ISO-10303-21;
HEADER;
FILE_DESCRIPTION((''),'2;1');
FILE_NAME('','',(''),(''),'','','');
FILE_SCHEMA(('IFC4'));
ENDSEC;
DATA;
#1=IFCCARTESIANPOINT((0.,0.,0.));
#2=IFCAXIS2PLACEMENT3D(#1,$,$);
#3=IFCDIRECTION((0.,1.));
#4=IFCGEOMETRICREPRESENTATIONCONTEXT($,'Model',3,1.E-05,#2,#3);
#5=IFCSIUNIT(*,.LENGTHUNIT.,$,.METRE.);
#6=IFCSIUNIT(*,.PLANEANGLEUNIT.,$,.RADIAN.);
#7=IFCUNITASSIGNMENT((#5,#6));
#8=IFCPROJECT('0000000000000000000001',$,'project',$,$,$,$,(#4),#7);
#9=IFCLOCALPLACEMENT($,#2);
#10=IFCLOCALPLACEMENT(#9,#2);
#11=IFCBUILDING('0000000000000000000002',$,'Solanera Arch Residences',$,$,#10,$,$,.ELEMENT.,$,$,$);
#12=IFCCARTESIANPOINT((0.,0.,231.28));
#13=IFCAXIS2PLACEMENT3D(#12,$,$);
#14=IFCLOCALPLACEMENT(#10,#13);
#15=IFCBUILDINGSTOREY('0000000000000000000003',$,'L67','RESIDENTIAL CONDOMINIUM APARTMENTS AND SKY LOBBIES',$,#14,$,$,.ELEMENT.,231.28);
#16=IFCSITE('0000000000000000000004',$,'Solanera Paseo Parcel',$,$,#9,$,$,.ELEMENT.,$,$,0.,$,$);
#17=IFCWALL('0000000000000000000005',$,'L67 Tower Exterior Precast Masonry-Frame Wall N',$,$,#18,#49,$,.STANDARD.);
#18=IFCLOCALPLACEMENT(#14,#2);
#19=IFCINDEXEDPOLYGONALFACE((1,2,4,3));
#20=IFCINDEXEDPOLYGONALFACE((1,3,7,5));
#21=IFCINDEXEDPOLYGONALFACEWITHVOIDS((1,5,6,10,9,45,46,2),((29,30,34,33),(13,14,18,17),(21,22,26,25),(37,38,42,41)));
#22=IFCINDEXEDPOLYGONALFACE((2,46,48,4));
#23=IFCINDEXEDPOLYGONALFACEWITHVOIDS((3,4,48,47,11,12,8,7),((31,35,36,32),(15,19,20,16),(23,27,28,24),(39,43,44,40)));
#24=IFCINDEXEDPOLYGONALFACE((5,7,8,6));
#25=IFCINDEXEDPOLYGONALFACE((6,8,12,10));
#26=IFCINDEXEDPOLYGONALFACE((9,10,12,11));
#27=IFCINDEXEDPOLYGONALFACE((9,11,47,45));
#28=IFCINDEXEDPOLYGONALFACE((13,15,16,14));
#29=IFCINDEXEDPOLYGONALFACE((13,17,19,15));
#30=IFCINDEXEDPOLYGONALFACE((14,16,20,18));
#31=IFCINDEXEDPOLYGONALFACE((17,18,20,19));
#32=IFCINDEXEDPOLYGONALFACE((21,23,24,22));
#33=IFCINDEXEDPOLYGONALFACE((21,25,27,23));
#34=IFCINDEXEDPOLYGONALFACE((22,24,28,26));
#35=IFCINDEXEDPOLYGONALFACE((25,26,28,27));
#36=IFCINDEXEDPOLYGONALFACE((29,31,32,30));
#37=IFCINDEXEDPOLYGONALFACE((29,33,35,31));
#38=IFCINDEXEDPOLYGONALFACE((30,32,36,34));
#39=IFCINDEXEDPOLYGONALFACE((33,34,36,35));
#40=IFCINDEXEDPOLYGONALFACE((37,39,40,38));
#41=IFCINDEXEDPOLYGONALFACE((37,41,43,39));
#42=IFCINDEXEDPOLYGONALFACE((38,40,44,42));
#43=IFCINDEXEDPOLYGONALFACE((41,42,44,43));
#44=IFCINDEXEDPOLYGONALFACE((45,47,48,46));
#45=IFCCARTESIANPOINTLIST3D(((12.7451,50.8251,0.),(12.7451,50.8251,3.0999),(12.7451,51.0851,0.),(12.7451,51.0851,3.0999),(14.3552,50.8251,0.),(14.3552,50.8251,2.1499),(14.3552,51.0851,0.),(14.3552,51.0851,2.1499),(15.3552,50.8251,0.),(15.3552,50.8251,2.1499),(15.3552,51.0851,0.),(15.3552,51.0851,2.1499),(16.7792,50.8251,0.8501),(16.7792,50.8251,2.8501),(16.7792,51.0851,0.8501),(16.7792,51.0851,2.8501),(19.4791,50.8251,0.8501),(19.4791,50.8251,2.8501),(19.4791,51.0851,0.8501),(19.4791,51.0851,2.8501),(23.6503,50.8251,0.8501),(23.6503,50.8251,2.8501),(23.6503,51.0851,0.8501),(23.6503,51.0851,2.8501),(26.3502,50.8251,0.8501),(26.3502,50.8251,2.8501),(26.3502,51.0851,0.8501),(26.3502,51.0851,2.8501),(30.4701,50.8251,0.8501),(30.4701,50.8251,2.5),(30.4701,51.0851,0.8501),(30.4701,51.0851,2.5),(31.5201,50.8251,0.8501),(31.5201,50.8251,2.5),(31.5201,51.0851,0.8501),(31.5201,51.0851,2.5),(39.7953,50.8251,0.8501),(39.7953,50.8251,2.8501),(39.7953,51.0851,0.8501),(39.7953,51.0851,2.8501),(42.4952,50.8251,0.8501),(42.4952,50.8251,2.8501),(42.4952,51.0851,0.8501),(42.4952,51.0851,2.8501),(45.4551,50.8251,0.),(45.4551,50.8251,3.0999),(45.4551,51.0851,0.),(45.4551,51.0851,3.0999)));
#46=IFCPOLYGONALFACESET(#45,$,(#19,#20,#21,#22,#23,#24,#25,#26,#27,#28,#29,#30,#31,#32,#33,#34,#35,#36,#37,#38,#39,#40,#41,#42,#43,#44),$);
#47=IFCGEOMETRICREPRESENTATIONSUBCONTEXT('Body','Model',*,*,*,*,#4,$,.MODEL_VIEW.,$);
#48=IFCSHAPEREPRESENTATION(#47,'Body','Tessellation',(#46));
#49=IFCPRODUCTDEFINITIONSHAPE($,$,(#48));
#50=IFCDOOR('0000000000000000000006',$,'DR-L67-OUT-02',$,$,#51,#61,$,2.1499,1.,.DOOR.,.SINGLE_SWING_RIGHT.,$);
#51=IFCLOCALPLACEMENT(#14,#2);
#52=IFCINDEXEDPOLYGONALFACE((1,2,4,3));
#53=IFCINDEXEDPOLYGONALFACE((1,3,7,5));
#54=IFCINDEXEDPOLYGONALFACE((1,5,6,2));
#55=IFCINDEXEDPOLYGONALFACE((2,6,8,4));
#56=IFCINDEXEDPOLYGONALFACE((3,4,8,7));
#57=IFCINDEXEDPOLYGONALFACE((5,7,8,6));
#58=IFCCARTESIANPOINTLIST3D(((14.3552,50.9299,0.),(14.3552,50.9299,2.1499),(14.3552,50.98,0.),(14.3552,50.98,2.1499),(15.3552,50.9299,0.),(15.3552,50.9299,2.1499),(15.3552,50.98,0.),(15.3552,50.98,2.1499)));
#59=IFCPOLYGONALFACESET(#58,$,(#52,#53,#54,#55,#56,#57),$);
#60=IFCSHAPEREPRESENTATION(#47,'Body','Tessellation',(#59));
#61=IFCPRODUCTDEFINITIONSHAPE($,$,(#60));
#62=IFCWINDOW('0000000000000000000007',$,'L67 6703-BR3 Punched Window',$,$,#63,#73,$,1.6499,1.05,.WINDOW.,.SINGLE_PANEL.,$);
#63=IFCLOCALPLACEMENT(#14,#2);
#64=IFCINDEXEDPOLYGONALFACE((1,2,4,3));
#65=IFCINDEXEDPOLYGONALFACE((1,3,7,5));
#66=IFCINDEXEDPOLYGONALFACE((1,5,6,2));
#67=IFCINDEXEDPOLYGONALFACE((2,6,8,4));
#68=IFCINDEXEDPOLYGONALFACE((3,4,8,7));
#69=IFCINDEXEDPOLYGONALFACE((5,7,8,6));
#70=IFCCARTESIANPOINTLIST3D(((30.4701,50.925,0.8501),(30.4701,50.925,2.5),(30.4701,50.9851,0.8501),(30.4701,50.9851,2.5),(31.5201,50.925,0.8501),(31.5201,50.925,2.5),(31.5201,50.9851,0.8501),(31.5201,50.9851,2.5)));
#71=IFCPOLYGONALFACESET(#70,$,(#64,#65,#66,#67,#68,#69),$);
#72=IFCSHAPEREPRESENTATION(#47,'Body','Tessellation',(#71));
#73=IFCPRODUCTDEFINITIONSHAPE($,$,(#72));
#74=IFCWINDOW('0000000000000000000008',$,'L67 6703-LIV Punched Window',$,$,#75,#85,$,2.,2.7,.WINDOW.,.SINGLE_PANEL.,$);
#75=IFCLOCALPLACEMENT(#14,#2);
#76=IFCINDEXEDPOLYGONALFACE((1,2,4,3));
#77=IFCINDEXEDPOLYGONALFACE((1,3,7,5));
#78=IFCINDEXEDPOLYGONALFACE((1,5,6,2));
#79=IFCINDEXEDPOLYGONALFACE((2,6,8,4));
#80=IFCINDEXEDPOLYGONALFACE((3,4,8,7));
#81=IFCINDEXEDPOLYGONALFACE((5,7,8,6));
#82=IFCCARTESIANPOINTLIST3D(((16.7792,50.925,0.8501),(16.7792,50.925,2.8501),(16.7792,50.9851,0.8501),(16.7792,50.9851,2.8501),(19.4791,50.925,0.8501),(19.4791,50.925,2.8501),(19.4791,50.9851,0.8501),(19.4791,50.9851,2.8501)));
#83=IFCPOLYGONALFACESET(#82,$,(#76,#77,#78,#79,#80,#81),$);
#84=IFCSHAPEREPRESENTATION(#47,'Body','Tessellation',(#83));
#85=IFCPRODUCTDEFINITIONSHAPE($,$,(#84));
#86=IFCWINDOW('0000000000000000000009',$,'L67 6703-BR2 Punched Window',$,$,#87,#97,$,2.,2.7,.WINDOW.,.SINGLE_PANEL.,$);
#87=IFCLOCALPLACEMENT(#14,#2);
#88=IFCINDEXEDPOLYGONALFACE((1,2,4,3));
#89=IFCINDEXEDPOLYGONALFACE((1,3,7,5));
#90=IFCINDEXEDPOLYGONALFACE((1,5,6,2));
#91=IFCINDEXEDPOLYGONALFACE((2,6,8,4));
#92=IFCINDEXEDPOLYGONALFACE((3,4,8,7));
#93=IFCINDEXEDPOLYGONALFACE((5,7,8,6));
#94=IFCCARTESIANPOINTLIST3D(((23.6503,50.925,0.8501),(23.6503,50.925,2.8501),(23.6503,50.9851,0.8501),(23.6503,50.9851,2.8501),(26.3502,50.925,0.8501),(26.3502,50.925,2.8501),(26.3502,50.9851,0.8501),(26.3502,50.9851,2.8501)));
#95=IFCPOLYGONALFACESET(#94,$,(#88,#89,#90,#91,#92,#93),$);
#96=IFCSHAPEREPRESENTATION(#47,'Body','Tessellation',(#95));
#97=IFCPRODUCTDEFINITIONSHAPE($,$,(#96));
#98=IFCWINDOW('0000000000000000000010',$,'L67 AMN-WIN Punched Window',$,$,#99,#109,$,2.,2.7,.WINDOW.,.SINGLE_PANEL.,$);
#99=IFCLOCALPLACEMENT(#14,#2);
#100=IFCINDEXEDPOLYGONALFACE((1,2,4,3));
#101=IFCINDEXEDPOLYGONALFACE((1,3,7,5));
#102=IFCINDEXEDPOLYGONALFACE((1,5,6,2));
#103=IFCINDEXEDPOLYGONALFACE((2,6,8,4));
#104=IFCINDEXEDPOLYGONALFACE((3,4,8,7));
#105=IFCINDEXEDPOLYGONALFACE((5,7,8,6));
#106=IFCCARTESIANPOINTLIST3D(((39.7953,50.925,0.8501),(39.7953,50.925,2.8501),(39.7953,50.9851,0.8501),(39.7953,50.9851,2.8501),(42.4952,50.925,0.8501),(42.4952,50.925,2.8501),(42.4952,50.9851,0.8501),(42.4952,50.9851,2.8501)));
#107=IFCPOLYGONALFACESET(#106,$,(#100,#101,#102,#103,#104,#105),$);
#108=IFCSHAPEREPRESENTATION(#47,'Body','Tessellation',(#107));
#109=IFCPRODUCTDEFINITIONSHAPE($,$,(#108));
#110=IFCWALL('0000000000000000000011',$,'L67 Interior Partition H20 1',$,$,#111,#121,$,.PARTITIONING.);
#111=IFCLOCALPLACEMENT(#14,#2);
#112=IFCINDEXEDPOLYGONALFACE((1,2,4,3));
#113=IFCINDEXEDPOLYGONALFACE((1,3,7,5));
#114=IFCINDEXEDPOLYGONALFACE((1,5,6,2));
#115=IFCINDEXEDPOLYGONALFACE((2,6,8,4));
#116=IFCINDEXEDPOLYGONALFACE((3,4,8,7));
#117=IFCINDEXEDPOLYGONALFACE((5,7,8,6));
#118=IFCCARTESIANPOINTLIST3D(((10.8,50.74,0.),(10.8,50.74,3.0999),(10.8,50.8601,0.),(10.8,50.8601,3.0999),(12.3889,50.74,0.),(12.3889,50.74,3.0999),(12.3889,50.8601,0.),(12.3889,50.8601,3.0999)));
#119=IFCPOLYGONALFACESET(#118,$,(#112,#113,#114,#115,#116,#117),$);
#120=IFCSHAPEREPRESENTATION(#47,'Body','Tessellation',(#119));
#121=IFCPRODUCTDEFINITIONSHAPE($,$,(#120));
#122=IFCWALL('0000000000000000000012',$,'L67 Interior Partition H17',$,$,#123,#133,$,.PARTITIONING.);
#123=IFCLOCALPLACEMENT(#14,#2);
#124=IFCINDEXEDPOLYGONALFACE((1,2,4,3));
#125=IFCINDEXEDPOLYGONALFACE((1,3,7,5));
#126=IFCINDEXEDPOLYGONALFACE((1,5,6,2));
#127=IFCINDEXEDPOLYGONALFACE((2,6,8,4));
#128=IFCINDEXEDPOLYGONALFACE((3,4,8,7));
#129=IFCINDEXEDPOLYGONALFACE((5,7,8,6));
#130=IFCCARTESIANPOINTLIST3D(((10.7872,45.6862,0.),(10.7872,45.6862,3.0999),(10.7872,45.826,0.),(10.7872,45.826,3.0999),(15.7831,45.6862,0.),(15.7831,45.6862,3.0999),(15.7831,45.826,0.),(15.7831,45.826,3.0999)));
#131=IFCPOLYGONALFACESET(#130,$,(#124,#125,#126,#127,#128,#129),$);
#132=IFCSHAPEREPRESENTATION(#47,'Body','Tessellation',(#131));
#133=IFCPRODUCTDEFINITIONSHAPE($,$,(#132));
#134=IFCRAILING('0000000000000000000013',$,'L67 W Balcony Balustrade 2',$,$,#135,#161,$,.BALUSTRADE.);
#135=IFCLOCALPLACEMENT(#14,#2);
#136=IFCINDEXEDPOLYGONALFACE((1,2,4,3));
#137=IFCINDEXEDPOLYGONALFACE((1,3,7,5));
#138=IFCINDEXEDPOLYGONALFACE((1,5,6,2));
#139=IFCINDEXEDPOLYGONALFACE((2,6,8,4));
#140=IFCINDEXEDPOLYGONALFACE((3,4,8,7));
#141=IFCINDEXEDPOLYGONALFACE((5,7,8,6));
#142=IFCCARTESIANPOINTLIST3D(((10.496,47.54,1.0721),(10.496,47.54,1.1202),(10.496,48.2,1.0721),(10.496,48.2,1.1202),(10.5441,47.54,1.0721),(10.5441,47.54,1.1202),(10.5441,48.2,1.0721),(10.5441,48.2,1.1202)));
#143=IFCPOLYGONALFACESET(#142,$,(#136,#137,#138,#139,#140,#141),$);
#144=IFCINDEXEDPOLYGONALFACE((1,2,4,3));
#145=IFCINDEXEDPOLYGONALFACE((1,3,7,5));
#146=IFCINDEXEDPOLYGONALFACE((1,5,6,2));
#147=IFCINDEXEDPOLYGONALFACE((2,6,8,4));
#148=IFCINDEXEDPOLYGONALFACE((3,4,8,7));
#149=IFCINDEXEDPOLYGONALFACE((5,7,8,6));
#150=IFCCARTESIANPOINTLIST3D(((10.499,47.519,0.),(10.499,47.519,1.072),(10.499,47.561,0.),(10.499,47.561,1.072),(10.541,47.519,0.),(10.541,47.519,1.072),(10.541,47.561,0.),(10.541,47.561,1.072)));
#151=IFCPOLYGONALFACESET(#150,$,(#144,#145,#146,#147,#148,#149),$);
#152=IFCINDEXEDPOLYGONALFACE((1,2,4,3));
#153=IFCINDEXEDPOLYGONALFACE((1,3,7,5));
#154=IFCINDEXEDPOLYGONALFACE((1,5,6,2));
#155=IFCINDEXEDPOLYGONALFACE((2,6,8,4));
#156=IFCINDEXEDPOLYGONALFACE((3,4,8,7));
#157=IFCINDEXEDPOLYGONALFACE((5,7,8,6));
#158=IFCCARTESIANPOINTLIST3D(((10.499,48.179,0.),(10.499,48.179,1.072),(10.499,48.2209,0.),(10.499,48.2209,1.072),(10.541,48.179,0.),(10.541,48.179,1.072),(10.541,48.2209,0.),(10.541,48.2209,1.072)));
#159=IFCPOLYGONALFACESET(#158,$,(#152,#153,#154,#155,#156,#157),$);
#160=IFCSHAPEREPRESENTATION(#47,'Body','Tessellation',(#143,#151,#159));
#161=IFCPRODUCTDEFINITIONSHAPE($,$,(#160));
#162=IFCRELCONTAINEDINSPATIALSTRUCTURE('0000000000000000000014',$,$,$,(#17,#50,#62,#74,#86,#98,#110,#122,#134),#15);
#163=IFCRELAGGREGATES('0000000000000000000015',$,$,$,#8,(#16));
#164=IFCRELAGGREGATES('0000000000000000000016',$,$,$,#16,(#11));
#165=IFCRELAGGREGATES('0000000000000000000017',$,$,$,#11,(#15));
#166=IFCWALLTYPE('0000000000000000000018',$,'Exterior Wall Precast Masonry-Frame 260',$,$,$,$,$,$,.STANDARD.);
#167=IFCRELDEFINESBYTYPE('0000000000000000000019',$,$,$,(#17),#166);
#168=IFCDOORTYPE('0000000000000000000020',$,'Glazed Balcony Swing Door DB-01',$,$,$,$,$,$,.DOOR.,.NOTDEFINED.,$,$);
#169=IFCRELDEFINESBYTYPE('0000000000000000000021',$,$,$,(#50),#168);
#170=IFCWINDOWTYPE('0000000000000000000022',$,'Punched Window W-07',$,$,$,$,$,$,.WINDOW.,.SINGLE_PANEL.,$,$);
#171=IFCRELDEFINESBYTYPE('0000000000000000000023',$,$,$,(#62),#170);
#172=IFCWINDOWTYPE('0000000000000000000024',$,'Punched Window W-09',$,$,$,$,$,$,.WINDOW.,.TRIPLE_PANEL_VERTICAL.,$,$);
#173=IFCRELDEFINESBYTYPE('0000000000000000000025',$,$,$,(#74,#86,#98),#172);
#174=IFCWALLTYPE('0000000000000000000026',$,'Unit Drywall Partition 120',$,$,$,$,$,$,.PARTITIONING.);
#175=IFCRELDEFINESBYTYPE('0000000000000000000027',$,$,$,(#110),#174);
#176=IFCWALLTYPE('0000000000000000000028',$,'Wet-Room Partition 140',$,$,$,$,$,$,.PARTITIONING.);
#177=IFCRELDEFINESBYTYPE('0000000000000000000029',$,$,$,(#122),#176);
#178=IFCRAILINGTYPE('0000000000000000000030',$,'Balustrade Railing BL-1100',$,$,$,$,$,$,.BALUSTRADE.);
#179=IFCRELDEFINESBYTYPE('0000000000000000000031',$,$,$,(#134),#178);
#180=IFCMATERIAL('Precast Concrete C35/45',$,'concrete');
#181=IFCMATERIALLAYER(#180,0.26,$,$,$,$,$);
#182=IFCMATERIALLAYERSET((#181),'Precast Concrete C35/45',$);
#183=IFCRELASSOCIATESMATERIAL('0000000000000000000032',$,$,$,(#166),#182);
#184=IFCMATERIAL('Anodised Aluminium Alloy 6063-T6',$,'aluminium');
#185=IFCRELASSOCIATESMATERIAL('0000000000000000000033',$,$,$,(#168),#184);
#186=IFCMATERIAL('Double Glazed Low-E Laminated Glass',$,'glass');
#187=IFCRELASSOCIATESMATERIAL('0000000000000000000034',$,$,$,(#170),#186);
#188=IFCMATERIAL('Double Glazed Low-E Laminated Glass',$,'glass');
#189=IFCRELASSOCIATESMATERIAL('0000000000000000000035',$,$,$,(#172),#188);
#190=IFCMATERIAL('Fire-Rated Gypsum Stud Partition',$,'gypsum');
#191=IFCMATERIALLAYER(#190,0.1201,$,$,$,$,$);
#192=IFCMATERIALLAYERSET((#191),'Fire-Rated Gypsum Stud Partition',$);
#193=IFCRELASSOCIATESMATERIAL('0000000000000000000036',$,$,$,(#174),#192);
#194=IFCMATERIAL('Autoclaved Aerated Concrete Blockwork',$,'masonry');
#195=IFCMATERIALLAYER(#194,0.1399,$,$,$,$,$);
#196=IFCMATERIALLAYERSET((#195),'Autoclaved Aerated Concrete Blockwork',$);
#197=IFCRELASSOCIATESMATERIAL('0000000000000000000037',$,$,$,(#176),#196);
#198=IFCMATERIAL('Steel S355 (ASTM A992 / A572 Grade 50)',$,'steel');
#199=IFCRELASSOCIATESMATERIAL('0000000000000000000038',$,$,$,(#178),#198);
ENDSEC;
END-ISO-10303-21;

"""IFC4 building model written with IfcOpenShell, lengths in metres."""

from ifc_helpers import new_model, si_unit, direction, frame, frame_2d, origin, origin_2d, place, context, subcontext, project, spatial, rectangle, extrude, material, layer, layer_set, type_object, element, fill, save


model = new_model("IFC4")

# Units and contexts
model_context = context("Model", 3, precision=1e-05, world=origin(), true_north=direction((0.0, 1.0)))
body_context = subcontext(model_context, "Body", "Model", "MODEL_VIEW")
ifc_project = project(units=[si_unit("LENGTHUNIT", "METRE"), si_unit("PLANEANGLEUNIT", "RADIAN")], contexts=[model_context])

# Site, building, storey
site_placement = place(None, origin())
site = spatial("IfcSite", under=ifc_project, at=site_placement, Name="Solanera Paseo Parcel", CompositionType="ELEMENT", RefElevation=0.0)
building_placement = place(site_placement, origin())
building = spatial("IfcBuilding", under=site, at=building_placement, Name="Solanera Arch Residences", CompositionType="ELEMENT")
storey_placement = place(building_placement, frame((0.0, 0.0, 231.28)))
storey = spatial("IfcBuildingStorey", under=building, at=storey_placement, Name="L67", Description="RESIDENTIAL CONDOMINIUM APARTMENTS AND SKY LOBBIES", CompositionType="ELEMENT", Elevation=231.28)

# Shared definitions
ifc_material_1 = material(Name="Precast Concrete C35/45", Category="concrete")
ifc_layer_1 = layer(ifc_material_1, 0.26)
ifc_layer_set_1 = layer_set([ifc_layer_1], Name="Precast Concrete C35/45")
wall_type_1 = type_object("IfcWallType", Name="Exterior Wall Precast Masonry-Frame 260", PredefinedType="STANDARD", material=ifc_layer_set_1)

# Wall, openings, door, windows
wall_1_placement = place(storey_placement, frame((12.7451, 50.9551, 0.0), z_axis=(0.0, 0.0, 1.0), x_axis=(1.0, 0.0, 0.0)))
wall_1 = element("IfcWall", 1, at=wall_1_placement, inside=storey, type_object=wall_type_1, Name="L67 Tower Exterior Precast Masonry-Frame Wall N", PredefinedType="STANDARD", context=body_context, shape_type="SweptSolid", body=[
    extrude(rectangle(XDim=32.71, YDim=0.26, at=frame_2d((16.355, 0.0))), origin(), (0.0, 0.0, 1.0), 3.0999),
])
opening_1_placement = place(wall_1_placement, frame((1.6101, 0.0, 0.0)))
opening_1 = element("IfcOpeningElement", 2, at=opening_1_placement, cuts=wall_1, PredefinedType="OPENING", context=body_context, shape_type="SweptSolid", body=[
    extrude(rectangle(XDim=1.0, YDim=2.1499, at=frame_2d((0.5, 1.075))), frame((0.0, 0.1399, 0.0), z_axis=(0.0, -1.0, 0.0), x_axis=(1.0, 0.0, 0.0)), (0.0, 0.0, 1.0), 0.28),
])
opening_2_placement = place(wall_1_placement, frame((4.0339, 0.0, 0.8501)))
opening_2 = element("IfcOpeningElement", 3, at=opening_2_placement, cuts=wall_1, PredefinedType="OPENING", context=body_context, shape_type="SweptSolid", body=[
    extrude(rectangle(XDim=2.7, YDim=2.0, at=frame_2d((1.3501, 1.0))), frame((0.0, 0.1399, 0.0), z_axis=(0.0, -1.0, 0.0), x_axis=(1.0, 0.0, 0.0)), (0.0, 0.0, 1.0), 0.28),
])
opening_3_placement = place(wall_1_placement, frame((10.905, 0.0, 0.8501)))
opening_3 = element("IfcOpeningElement", 4, at=opening_3_placement, cuts=wall_1, PredefinedType="OPENING", context=body_context, shape_type="SweptSolid", body=[
    extrude(rectangle(XDim=2.7, YDim=2.0, at=frame_2d((1.3501, 1.0))), frame((0.0, 0.1399, 0.0), z_axis=(0.0, -1.0, 0.0), x_axis=(1.0, 0.0, 0.0)), (0.0, 0.0, 1.0), 0.28),
])
opening_4_placement = place(wall_1_placement, frame((17.7251, 0.0, 0.8501)))
opening_4 = element("IfcOpeningElement", 5, at=opening_4_placement, cuts=wall_1, PredefinedType="OPENING", context=body_context, shape_type="SweptSolid", body=[
    extrude(rectangle(XDim=1.05, YDim=1.6499, at=frame_2d((0.5249, 0.825))), frame((0.0, 0.1399, 0.0), z_axis=(0.0, -1.0, 0.0), x_axis=(1.0, 0.0, 0.0)), (0.0, 0.0, 1.0), 0.28),
])
opening_5_placement = place(wall_1_placement, frame((27.05, 0.0, 0.8501)))
opening_5 = element("IfcOpeningElement", 6, at=opening_5_placement, cuts=wall_1, PredefinedType="OPENING", context=body_context, shape_type="SweptSolid", body=[
    extrude(rectangle(XDim=2.7, YDim=2.0, at=frame_2d((1.3501, 1.0))), frame((0.0, 0.1399, 0.0), z_axis=(0.0, -1.0, 0.0), x_axis=(1.0, 0.0, 0.0)), (0.0, 0.0, 1.0), 0.28),
])
ifc_material_2 = material(Name="Anodised Aluminium Alloy 6063-T6", Category="aluminium")
door_type_1 = type_object("IfcDoorType", Name="Glazed Balcony Swing Door DB-01", OperationType="NOTDEFINED", PredefinedType="DOOR", material=ifc_material_2)
door_1_placement = place(opening_1_placement, origin())
door_1 = element("IfcDoor", 7, at=door_1_placement, inside=storey, type_object=door_type_1, Name="DR-L67-OUT-02", OperationType="SINGLE_SWING_RIGHT", OverallHeight=2.1499, OverallWidth=1.0, PredefinedType="DOOR", context=body_context, shape_type="SweptSolid", body=[
    extrude(rectangle(XDim=1.0, YDim=2.1499, at=frame_2d((0.5, 1.075))), frame((0.0, 0.0249, 0.0), z_axis=(0.0, -1.0, 0.0), x_axis=(1.0, 0.0, 0.0)), (0.0, 0.0, 1.0), 0.05),
])
fill(opening_1, door_1)
ifc_material_3 = material(Name="Double Glazed Low-E Laminated Glass", Category="glass")
window_type_1 = type_object("IfcWindowType", Name="Punched Window W-07", PartitioningType="SINGLE_PANEL", PredefinedType="WINDOW", material=ifc_material_3)
window_1_placement = place(opening_4_placement, origin())
window_1 = element("IfcWindow", 8, at=window_1_placement, inside=storey, type_object=window_type_1, Name="L67 6703-BR3 Punched Window", OverallHeight=1.6499, OverallWidth=1.05, PartitioningType="SINGLE_PANEL", PredefinedType="WINDOW", context=body_context, shape_type="SweptSolid", body=[
    extrude(rectangle(XDim=1.05, YDim=1.6499, at=frame_2d((0.5249, 0.825))), frame((0.0, 0.03, 0.0), z_axis=(0.0, -1.0, 0.0), x_axis=(1.0, 0.0, 0.0)), (0.0, 0.0, 1.0), 0.0601),
])
fill(opening_4, window_1)
ifc_material_4 = material(Name="Double Glazed Low-E Laminated Glass", Category="glass")
window_type_2 = type_object("IfcWindowType", Name="Punched Window W-09", PartitioningType="TRIPLE_PANEL_VERTICAL", PredefinedType="WINDOW", material=ifc_material_4)
window_2_placement = place(opening_2_placement, origin())
window_2 = element("IfcWindow", 9, at=window_2_placement, inside=storey, type_object=window_type_2, Name="L67 6703-LIV Punched Window", OverallHeight=2.0, OverallWidth=2.7, PartitioningType="SINGLE_PANEL", PredefinedType="WINDOW", context=body_context, shape_type="SweptSolid", body=[
    extrude(rectangle(XDim=2.7, YDim=2.0, at=frame_2d((1.3501, 1.0))), frame((0.0, 0.03, 0.0), z_axis=(0.0, -1.0, 0.0), x_axis=(1.0, 0.0, 0.0)), (0.0, 0.0, 1.0), 0.0601),
])
fill(opening_2, window_2)
window_3_placement = place(opening_3_placement, origin())
window_3 = element("IfcWindow", 10, at=window_3_placement, inside=storey, type_object=window_type_2, Name="L67 6703-BR2 Punched Window", OverallHeight=2.0, OverallWidth=2.7, PartitioningType="SINGLE_PANEL", PredefinedType="WINDOW", context=body_context, shape_type="SweptSolid", body=[
    extrude(rectangle(XDim=2.7, YDim=2.0, at=frame_2d((1.3501, 1.0))), frame((0.0, 0.03, 0.0), z_axis=(0.0, -1.0, 0.0), x_axis=(1.0, 0.0, 0.0)), (0.0, 0.0, 1.0), 0.0601),
])
fill(opening_3, window_3)
window_4_placement = place(opening_5_placement, origin())
window_4 = element("IfcWindow", 11, at=window_4_placement, inside=storey, type_object=window_type_2, Name="L67 AMN-WIN Punched Window", OverallHeight=2.0, OverallWidth=2.7, PartitioningType="SINGLE_PANEL", PredefinedType="WINDOW", context=body_context, shape_type="SweptSolid", body=[
    extrude(rectangle(XDim=2.7, YDim=2.0, at=frame_2d((1.3501, 1.0))), frame((0.0, 0.03, 0.0), z_axis=(0.0, -1.0, 0.0), x_axis=(1.0, 0.0, 0.0)), (0.0, 0.0, 1.0), 0.0601),
])
fill(opening_5, window_4)

# Walls
ifc_material_5 = material(Name="Fire-Rated Gypsum Stud Partition", Category="gypsum")
ifc_layer_2 = layer(ifc_material_5, 0.1201)
ifc_layer_set_2 = layer_set([ifc_layer_2], Name="Fire-Rated Gypsum Stud Partition")
wall_type_2 = type_object("IfcWallType", Name="Unit Drywall Partition 120", PredefinedType="PARTITIONING", material=ifc_layer_set_2)
wall_2_placement = place(storey_placement, frame((10.8, 50.8, 0.0), z_axis=(0.0, 0.0, 1.0), x_axis=(1.0, 0.0, 0.0)))
element("IfcWall", 12, at=wall_2_placement, inside=storey, type_object=wall_type_2, Name="L67 Interior Partition H20 1", PredefinedType="PARTITIONING", context=body_context, shape_type="SweptSolid", body=[
    extrude(rectangle(XDim=1.5889, YDim=0.1201, at=frame_2d((0.7944, 0.0))), origin(), (0.0, 0.0, 1.0), 3.0999),
])
ifc_material_6 = material(Name="Autoclaved Aerated Concrete Blockwork", Category="masonry")
ifc_layer_3 = layer(ifc_material_6, 0.1399)
ifc_layer_set_3 = layer_set([ifc_layer_3], Name="Autoclaved Aerated Concrete Blockwork")
wall_type_3 = type_object("IfcWallType", Name="Wet-Room Partition 140", PredefinedType="PARTITIONING", material=ifc_layer_set_3)
wall_3_placement = place(storey_placement, frame((10.7871, 45.7561, 0.0), z_axis=(0.0, 0.0, 1.0), x_axis=(1.0, 0.0, 0.0)))
element("IfcWall", 13, at=wall_3_placement, inside=storey, type_object=wall_type_3, Name="L67 Interior Partition H17", PredefinedType="PARTITIONING", context=body_context, shape_type="SweptSolid", body=[
    extrude(rectangle(XDim=4.9958, YDim=0.1399, at=frame_2d((2.498, 0.0))), origin(), (0.0, 0.0, 1.0), 3.0999),
])

# Railing
ifc_material_7 = material(Name="Steel S355 (ASTM A992 / A572 Grade 50)", Category="steel")
railing_type = type_object("IfcRailingType", Name="Balustrade Railing BL-1100", PredefinedType="BALUSTRADE", material=ifc_material_7)
railing_1_placement = place(storey_placement, frame((10.52, 47.54, 0.0)))
element("IfcRailing", 14, at=railing_1_placement, inside=storey, type_object=railing_type, Name="L67 W Balcony Balustrade 2", PredefinedType="BALUSTRADE", context=body_context, shape_type="SweptSolid", body=[
    extrude(rectangle(XDim=0.0481, YDim=0.0481, at=origin_2d()), frame((0.0, 0.0, 1.0962), z_axis=(0.0, 1.0, 0.0), x_axis=(-1.0, 0.0, 0.0)), (0.0, 0.0, 1.0), 0.6599),
    extrude(rectangle(XDim=0.042, YDim=0.042, at=origin_2d()), origin(), (0.0, 0.0, 1.0), 1.072),
    extrude(rectangle(XDim=0.042, YDim=0.042, at=origin_2d()), frame((0.0, 0.6599, 0.0)), (0.0, 0.0, 1.0), 1.072),
])

save(model, "model.ifc")
